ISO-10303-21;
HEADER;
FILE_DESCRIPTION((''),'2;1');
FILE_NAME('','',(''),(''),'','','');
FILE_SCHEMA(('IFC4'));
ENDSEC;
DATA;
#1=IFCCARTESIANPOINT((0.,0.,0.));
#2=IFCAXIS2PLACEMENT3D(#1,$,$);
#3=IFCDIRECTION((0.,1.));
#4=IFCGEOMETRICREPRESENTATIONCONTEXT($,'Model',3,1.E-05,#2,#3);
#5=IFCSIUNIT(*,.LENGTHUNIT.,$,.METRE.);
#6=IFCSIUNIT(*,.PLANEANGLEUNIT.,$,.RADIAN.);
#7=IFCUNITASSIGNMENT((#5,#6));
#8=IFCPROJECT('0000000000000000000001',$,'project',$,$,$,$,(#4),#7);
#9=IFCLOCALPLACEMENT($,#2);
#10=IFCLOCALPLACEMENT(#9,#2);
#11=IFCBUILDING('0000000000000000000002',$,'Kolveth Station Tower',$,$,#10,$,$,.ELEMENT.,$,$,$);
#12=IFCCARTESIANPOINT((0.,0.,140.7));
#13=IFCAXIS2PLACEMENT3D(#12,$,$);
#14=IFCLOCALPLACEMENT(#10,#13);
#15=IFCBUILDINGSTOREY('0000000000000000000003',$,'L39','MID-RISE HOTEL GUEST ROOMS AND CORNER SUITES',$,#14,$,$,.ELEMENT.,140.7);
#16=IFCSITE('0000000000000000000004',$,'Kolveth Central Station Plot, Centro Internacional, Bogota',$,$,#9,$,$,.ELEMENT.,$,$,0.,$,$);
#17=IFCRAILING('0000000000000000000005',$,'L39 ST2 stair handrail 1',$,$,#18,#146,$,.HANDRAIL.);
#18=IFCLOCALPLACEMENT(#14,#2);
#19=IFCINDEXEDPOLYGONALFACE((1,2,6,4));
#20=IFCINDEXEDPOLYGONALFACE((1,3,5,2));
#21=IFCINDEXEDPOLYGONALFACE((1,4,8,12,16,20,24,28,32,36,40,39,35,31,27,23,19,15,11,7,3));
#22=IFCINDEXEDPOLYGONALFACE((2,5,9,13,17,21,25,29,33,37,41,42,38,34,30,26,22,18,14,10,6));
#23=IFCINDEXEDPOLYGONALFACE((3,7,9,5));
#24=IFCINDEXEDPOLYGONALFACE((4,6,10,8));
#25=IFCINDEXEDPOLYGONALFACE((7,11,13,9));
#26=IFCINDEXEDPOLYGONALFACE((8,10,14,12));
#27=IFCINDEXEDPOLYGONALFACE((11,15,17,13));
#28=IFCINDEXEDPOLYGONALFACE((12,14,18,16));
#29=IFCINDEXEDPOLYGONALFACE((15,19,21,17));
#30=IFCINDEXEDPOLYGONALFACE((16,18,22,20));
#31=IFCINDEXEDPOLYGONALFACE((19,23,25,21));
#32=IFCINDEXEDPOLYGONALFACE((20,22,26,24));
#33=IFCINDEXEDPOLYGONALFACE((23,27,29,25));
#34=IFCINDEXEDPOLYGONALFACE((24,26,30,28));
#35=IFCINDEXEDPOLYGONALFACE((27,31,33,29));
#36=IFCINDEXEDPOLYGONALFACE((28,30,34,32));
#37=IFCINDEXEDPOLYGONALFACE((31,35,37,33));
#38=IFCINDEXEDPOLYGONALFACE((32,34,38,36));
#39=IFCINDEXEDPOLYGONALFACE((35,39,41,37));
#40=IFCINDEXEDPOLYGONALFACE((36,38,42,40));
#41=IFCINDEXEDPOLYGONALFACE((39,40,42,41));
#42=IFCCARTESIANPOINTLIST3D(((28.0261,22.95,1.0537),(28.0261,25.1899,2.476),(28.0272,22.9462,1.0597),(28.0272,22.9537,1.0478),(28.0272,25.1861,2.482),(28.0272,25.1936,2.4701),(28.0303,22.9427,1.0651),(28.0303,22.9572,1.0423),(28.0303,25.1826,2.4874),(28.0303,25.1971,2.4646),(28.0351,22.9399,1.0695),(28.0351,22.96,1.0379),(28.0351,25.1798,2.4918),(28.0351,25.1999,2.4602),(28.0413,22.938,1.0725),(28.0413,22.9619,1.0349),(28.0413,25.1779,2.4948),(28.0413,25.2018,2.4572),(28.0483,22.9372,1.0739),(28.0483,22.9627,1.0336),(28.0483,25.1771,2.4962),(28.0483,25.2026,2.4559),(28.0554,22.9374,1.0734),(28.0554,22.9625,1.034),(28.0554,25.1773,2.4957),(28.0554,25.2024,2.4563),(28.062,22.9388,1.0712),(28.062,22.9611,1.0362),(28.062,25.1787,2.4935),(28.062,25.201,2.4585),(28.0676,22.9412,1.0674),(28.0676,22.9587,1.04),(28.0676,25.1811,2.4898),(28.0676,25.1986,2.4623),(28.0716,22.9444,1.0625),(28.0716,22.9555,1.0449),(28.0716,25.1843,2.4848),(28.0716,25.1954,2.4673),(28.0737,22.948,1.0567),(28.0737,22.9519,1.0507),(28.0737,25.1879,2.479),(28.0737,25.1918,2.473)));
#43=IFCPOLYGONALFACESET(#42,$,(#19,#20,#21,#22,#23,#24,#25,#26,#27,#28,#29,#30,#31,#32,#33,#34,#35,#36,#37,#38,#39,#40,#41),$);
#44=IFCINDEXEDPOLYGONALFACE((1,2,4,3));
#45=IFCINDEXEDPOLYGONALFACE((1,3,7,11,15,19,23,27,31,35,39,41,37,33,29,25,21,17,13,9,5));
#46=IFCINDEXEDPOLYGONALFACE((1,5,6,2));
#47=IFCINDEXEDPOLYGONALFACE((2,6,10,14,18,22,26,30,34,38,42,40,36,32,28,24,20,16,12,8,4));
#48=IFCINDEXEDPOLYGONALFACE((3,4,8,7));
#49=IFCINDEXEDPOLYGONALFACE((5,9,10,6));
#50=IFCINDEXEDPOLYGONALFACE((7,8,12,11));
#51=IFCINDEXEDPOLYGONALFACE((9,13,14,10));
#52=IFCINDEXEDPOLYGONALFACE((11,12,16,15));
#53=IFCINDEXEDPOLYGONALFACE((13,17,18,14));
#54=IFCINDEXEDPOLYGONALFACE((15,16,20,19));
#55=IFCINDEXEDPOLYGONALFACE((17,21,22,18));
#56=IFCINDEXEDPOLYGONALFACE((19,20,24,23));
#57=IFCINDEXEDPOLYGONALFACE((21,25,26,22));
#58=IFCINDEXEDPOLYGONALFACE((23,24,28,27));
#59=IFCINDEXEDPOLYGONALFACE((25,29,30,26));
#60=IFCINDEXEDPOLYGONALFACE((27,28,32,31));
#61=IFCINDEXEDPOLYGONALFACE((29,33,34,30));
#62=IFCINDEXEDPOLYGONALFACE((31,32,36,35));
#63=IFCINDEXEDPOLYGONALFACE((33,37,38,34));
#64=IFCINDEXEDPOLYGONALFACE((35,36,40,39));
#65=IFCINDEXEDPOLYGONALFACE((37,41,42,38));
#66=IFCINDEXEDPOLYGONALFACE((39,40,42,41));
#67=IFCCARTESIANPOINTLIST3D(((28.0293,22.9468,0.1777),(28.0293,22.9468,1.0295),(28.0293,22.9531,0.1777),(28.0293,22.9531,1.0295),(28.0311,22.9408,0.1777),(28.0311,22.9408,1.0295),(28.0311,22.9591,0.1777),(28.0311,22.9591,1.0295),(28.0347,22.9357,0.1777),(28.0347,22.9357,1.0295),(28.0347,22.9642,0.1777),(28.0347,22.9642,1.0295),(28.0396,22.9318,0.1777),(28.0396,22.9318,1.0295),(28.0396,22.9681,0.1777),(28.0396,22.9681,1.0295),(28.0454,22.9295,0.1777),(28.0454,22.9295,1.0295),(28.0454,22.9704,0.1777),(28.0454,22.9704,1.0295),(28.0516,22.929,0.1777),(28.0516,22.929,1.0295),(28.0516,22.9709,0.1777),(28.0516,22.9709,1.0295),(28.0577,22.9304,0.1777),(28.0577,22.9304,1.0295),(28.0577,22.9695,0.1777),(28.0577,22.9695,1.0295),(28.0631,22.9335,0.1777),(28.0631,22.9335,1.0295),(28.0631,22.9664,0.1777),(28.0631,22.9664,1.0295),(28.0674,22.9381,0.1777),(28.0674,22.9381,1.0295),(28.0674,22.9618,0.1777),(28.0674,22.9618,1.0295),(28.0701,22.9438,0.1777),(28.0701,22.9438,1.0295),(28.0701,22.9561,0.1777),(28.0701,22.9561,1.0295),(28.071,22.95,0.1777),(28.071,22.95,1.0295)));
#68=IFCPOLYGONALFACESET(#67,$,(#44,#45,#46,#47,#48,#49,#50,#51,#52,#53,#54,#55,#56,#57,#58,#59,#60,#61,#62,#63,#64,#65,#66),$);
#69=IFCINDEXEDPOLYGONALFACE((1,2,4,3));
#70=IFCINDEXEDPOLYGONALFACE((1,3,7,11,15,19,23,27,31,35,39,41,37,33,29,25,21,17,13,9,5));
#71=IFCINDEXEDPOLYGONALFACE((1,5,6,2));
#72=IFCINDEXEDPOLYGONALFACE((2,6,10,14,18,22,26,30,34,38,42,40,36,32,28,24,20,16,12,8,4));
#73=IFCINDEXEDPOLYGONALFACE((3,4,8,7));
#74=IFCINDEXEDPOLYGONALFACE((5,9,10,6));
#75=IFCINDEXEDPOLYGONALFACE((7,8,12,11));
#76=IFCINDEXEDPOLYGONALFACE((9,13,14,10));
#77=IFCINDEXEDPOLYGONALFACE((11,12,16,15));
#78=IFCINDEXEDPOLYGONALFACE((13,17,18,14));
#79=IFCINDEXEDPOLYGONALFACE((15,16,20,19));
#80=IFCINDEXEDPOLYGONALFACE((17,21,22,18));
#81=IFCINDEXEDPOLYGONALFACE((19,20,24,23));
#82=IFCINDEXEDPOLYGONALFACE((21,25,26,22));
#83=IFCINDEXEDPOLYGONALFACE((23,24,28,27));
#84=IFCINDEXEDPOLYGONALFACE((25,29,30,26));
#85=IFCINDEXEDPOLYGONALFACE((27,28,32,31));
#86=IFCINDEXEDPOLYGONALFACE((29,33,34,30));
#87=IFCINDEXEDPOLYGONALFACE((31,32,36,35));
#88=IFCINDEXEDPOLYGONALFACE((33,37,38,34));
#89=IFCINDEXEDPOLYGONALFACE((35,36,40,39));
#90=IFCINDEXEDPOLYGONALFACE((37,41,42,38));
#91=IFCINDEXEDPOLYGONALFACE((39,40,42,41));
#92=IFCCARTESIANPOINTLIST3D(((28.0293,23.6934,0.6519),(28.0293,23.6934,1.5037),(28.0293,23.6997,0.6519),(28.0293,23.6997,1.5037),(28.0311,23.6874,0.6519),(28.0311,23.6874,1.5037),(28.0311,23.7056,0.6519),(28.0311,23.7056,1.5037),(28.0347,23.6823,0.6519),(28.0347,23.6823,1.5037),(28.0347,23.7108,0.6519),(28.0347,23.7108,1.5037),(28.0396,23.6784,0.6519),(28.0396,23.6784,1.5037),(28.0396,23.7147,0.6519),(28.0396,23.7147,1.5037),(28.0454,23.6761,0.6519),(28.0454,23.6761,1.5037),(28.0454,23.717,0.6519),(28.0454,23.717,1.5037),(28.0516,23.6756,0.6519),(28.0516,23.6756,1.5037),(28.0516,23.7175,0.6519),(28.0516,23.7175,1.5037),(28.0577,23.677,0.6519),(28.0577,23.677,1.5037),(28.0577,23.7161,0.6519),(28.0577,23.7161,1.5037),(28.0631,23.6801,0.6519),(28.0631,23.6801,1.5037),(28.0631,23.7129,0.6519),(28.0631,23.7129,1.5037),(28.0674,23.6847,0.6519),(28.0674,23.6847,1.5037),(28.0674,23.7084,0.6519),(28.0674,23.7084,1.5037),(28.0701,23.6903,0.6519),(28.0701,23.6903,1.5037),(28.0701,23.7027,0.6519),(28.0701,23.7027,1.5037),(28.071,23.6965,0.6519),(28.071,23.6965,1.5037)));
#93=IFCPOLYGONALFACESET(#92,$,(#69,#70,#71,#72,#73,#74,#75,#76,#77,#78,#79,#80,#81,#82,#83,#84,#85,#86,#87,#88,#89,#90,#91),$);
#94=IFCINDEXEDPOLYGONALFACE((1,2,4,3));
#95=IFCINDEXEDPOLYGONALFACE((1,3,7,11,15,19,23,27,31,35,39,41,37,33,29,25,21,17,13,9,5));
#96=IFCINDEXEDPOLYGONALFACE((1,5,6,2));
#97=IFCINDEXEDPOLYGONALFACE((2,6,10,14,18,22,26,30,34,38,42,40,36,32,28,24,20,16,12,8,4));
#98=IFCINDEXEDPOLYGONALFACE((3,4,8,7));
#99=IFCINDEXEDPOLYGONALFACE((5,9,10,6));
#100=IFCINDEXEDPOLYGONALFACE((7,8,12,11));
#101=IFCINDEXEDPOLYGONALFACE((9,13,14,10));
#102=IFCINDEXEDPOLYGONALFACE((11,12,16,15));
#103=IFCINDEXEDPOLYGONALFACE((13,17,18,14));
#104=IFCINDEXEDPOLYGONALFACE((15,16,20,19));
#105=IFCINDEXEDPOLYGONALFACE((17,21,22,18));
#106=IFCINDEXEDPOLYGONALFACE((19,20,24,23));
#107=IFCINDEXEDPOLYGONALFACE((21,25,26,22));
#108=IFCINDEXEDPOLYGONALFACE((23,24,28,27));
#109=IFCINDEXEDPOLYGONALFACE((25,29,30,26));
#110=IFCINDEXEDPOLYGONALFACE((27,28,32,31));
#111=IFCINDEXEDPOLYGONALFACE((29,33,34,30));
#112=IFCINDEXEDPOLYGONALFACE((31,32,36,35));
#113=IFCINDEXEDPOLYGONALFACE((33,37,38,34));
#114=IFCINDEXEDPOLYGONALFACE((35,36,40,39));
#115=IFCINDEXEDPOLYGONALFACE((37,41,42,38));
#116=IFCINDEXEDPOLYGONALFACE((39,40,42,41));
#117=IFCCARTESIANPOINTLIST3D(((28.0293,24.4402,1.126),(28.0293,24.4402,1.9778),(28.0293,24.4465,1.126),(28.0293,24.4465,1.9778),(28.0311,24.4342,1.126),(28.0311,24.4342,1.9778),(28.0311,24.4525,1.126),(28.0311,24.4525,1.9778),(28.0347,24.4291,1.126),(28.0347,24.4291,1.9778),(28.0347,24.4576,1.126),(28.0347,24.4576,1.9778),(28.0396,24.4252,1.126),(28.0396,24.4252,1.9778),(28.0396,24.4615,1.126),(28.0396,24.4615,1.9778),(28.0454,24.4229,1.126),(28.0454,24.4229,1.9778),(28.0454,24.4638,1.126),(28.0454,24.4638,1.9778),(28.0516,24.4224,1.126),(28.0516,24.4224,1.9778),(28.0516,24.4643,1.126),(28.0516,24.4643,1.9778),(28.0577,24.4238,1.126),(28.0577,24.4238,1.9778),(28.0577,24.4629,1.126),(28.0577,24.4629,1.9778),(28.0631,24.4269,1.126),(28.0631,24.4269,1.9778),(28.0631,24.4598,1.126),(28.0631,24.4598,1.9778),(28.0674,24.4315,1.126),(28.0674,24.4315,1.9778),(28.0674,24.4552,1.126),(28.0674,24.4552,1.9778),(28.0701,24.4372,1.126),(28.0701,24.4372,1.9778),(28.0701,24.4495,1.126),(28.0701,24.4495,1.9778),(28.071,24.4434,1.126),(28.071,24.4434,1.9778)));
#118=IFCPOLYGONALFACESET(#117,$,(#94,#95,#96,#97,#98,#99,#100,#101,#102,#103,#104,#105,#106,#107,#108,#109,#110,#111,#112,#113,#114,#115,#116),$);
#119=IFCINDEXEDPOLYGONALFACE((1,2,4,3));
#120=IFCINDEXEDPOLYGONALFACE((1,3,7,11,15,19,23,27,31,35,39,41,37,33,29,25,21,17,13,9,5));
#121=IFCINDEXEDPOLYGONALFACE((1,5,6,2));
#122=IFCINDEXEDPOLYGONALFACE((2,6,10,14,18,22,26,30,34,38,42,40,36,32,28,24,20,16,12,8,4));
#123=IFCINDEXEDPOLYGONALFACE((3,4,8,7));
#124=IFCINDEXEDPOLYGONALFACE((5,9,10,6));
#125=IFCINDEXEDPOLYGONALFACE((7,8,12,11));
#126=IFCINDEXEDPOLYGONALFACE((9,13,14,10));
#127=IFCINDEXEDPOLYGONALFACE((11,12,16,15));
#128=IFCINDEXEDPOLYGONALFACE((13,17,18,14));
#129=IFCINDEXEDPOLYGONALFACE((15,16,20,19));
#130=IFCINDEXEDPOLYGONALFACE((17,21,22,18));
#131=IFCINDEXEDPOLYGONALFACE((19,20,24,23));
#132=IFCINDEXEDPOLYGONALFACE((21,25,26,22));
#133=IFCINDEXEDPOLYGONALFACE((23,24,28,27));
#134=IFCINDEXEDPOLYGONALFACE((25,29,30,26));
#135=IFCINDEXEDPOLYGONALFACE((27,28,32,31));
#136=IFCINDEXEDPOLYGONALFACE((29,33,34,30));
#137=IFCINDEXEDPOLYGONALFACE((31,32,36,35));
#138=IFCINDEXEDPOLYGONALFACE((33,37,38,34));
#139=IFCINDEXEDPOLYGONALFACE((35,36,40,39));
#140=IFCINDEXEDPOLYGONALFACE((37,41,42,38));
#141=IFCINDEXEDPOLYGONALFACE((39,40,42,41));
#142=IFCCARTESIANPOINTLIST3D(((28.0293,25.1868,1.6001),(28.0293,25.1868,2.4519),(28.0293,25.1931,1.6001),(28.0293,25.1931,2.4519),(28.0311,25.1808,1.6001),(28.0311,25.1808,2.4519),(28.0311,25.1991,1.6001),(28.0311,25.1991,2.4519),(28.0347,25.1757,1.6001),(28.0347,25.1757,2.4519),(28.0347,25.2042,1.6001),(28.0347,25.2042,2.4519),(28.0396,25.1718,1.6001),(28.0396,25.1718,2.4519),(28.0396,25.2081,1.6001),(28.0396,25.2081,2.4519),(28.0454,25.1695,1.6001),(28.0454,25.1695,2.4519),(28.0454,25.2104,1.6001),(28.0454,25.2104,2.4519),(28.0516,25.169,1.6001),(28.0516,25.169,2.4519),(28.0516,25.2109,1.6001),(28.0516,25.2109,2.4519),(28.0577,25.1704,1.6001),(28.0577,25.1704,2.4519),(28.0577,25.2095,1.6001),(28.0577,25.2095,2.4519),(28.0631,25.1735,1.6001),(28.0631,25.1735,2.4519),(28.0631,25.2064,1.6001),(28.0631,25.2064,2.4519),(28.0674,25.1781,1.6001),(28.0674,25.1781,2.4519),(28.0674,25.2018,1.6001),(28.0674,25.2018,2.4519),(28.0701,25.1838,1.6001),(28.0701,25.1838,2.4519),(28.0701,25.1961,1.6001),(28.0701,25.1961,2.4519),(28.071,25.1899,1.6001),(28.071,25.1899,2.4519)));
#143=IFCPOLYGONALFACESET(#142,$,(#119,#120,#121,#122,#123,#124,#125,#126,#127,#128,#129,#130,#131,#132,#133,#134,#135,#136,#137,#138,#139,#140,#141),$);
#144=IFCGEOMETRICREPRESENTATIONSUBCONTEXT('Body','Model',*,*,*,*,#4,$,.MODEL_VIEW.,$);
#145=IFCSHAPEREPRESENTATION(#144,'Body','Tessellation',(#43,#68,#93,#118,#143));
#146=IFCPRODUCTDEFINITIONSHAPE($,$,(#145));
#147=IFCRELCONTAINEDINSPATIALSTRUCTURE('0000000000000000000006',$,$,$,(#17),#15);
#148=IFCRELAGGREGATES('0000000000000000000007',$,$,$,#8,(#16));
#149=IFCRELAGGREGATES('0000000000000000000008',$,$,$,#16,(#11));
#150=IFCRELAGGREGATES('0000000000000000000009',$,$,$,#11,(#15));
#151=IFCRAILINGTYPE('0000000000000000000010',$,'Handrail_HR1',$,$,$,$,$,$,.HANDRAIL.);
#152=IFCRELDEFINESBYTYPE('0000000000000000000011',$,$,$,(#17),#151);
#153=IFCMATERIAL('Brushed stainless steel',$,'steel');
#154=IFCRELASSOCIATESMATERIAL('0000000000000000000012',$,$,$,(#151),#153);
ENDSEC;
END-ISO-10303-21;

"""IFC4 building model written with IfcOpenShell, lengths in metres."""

from ifc_helpers import new_model, si_unit, direction, frame, origin, origin_2d, place, context, subcontext, project, spatial, circle, extrude, material, type_object, element, save


model = new_model("IFC4")

# Units and contexts
model_context = context("Model", 3, precision=1e-05, world=origin(), true_north=direction((0.0, 1.0)))
body_context = subcontext(model_context, "Body", "Model", "MODEL_VIEW")
ifc_project = project(units=[si_unit("LENGTHUNIT", "METRE"), si_unit("PLANEANGLEUNIT", "RADIAN")], contexts=[model_context])

# Site, building, storey
site_placement = place(None, origin())
site = spatial("IfcSite", under=ifc_project, at=site_placement, Name="Kolveth Central Station Plot, Centro Internacional, Bogota", CompositionType="ELEMENT", RefElevation=0.0)
building_placement = place(site_placement, origin())
building = spatial("IfcBuilding", under=site, at=building_placement, Name="Kolveth Station Tower", CompositionType="ELEMENT")
storey_placement = place(building_placement, frame((0.0, 0.0, 140.7)))
storey = spatial("IfcBuildingStorey", under=building, at=storey_placement, Name="L39", Description="MID-RISE HOTEL GUEST ROOMS AND CORNER SUITES", CompositionType="ELEMENT", Elevation=140.7)

# Railing
ifc_material_1 = material(Name="Brushed stainless steel", Category="steel")
railing_type_1 = type_object("IfcRailingType", Name="Handrail_HR1", PredefinedType="HANDRAIL", material=ifc_material_1)
railing_1_placement = place(storey_placement, frame((28.05, 22.95, 0.1777)))
element("IfcRailing", 1, at=railing_1_placement, inside=storey, type_object=railing_type_1, Name="L39 ST2 stair handrail 1", PredefinedType="HANDRAIL", context=body_context, shape_type="SweptSolid", body=[
    extrude(circle(Radius=0.0239, at=origin_2d()), frame((0.0, 0.0, 0.876), z_axis=(0.0, 0.844188, 0.536048), x_axis=(-1.0, 0.0, 0.0)), (0.0, 0.0, 1.0), 2.6533),
    extrude(circle(Radius=0.021, at=origin_2d()), origin(), (0.0, 0.0, 1.0), 0.8518),
    extrude(circle(Radius=0.021, at=origin_2d()), frame((0.0, 0.7466, 0.4741)), (0.0, 0.0, 1.0), 0.8518),
    extrude(circle(Radius=0.021, at=origin_2d()), frame((0.0, 1.4934, 0.9482)), (0.0, 0.0, 1.0), 0.8518),
    extrude(circle(Radius=0.021, at=origin_2d()), frame((0.0, 2.24, 1.4224)), (0.0, 0.0, 1.0), 0.8518),
])

save(model, "model.ifc")
